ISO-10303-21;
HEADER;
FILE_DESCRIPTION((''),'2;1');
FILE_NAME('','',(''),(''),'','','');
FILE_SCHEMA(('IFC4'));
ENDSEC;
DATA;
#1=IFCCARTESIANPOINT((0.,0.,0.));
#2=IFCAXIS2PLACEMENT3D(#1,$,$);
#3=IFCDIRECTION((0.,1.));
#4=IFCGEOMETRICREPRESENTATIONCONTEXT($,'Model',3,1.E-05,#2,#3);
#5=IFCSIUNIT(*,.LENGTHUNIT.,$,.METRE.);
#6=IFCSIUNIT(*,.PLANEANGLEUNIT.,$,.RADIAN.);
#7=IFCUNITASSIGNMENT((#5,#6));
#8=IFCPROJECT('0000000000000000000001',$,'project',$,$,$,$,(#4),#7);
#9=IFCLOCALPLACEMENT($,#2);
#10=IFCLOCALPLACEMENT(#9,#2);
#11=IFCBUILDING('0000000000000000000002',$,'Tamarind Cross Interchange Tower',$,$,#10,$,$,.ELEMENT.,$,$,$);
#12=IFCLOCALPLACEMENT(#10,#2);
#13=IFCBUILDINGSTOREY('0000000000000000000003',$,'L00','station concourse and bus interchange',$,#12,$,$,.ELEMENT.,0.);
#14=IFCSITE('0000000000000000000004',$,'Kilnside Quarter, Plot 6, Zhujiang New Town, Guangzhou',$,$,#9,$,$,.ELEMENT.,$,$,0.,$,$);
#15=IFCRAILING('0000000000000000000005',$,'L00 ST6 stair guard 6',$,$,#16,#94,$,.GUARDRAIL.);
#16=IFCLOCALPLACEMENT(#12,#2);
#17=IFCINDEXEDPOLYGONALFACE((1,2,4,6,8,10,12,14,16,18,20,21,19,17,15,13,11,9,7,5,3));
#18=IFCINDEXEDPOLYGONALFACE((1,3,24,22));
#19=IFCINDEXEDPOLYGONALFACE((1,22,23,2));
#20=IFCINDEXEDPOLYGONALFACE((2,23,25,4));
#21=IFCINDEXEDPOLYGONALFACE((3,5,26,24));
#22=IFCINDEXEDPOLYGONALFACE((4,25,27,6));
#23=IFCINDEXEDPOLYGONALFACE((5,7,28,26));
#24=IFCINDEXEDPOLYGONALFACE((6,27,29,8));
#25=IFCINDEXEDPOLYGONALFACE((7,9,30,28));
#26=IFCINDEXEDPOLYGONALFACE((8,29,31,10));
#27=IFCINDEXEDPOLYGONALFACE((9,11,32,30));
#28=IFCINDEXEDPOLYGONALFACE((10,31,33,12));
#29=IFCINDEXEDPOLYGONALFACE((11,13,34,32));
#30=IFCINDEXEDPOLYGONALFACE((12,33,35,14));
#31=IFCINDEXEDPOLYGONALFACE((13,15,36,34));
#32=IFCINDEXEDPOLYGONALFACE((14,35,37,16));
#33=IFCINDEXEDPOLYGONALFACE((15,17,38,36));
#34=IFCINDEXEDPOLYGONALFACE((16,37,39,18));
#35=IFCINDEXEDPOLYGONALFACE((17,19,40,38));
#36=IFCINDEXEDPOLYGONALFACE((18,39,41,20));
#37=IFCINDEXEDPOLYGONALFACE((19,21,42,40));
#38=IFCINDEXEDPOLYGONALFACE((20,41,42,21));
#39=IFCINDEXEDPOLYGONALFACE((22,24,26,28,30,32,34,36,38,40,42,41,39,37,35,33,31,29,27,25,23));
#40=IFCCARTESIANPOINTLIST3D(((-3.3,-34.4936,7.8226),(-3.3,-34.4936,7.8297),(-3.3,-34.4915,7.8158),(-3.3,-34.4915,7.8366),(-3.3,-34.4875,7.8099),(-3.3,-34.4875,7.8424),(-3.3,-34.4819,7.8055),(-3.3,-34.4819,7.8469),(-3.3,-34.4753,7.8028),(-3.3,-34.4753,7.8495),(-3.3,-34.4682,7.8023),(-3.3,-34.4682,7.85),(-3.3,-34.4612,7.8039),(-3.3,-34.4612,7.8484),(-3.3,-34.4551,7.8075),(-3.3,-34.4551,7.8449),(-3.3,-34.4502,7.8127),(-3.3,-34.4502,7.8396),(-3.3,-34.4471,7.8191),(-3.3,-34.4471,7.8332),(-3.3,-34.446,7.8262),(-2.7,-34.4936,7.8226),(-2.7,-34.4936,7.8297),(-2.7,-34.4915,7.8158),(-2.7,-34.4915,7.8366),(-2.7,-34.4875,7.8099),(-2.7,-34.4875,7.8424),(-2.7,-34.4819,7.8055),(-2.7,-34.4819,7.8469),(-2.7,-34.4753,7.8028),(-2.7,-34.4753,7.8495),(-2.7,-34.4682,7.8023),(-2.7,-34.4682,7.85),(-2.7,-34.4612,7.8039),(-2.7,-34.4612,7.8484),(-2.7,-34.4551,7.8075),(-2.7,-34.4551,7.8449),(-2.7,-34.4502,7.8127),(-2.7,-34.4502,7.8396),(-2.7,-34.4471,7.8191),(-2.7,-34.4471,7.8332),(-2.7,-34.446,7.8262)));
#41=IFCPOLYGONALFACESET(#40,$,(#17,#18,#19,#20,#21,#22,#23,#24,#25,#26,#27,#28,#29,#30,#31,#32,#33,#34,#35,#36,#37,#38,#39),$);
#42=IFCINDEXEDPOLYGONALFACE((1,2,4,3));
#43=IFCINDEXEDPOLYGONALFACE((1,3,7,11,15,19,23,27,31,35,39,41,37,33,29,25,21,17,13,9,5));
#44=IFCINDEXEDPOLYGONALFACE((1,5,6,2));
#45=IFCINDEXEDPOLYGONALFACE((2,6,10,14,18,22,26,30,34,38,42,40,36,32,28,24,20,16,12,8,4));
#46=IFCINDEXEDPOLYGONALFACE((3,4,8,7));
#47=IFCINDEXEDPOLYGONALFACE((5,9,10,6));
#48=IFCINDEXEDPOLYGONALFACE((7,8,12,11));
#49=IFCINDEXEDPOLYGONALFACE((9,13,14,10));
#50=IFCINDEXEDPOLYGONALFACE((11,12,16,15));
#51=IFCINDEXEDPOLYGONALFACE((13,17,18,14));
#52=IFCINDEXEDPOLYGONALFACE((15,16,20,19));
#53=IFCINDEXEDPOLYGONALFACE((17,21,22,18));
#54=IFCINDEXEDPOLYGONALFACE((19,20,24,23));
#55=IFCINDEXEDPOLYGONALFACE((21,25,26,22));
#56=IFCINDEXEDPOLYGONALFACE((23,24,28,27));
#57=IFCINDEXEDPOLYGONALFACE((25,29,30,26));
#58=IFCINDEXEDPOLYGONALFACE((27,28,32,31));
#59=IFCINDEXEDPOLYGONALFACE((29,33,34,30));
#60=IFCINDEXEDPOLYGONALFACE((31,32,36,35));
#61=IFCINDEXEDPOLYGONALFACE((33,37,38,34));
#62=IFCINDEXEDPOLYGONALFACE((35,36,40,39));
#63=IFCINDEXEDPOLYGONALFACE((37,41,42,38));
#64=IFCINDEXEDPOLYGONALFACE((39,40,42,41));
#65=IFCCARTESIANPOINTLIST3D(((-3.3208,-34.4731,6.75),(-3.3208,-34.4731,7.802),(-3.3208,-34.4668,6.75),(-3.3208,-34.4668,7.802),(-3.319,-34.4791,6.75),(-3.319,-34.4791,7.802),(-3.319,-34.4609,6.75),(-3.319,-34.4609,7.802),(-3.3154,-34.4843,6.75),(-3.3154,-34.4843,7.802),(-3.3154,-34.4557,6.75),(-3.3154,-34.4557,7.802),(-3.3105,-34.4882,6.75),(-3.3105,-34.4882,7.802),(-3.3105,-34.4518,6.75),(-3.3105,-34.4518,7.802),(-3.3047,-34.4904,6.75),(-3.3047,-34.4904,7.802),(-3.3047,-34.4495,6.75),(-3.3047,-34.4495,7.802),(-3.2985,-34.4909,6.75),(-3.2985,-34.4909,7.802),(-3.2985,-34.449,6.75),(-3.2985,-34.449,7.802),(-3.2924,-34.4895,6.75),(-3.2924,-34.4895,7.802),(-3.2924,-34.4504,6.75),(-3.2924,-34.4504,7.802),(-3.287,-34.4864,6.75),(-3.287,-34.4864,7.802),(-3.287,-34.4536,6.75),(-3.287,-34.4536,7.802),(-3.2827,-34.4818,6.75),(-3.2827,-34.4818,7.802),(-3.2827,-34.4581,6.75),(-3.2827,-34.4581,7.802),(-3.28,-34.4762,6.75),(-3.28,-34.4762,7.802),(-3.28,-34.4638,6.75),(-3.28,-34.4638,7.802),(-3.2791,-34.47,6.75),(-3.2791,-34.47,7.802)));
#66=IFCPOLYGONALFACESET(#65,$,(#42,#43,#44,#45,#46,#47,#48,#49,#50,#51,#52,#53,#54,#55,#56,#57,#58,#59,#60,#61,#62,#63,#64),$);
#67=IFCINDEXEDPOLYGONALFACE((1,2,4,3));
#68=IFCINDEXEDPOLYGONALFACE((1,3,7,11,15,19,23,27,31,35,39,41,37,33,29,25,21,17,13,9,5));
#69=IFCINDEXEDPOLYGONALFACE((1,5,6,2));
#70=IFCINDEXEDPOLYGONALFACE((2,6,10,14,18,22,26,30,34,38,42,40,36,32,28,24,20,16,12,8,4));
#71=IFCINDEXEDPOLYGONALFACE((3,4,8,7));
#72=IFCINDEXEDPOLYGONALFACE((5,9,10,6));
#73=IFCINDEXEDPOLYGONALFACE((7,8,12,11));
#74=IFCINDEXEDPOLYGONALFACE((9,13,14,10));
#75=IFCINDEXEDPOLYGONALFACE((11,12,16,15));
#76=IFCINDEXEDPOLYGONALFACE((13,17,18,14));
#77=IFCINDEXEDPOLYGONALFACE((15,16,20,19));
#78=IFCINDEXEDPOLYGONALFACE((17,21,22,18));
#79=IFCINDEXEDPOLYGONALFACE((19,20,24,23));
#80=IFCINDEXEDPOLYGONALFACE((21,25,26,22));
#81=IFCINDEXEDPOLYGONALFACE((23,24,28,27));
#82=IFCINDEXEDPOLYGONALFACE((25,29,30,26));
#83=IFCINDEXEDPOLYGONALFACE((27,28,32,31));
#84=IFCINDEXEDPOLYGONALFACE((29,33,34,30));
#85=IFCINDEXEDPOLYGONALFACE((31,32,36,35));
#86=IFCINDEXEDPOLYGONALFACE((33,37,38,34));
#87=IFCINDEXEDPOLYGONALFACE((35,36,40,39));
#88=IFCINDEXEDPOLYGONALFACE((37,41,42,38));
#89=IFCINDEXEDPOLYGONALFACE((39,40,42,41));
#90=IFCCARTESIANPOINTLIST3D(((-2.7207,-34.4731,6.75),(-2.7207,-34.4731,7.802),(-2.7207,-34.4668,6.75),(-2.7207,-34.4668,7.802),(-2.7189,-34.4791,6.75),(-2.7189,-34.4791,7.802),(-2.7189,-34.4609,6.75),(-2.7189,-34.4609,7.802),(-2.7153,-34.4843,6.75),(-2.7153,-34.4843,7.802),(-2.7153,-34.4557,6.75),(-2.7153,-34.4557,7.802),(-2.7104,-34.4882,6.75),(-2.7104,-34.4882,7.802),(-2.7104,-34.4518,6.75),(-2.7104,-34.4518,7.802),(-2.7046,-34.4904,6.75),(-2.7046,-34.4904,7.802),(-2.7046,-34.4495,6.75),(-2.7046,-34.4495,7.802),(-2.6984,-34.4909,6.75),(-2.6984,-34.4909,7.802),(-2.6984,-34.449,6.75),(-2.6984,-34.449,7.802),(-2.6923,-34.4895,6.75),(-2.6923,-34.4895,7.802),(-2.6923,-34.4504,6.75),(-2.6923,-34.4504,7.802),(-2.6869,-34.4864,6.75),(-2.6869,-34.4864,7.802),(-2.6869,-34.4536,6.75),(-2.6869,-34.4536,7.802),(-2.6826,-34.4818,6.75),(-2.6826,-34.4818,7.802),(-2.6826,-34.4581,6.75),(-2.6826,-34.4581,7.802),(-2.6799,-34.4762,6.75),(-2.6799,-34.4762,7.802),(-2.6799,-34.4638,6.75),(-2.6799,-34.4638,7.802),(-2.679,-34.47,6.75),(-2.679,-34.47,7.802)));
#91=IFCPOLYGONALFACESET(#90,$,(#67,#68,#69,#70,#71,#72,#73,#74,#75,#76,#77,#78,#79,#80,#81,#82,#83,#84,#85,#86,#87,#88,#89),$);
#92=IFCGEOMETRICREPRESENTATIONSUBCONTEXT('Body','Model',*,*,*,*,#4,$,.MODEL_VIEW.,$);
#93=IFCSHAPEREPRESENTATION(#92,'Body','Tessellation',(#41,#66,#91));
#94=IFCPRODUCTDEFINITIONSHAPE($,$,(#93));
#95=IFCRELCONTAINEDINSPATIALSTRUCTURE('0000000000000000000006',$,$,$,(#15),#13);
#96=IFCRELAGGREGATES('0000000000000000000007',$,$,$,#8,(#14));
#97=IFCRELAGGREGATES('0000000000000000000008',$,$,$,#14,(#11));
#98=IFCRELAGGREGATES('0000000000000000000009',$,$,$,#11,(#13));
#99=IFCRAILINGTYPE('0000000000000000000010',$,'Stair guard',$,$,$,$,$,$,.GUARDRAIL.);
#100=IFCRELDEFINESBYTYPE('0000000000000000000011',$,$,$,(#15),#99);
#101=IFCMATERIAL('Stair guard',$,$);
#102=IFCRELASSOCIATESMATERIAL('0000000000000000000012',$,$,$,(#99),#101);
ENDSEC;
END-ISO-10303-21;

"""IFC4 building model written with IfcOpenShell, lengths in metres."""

from ifc_helpers import new_model, si_unit, direction, frame, origin, origin_2d, place, context, subcontext, project, spatial, circle, extrude, material, type_object, element, save


model = new_model("IFC4")

# Units and contexts
model_context = context("Model", 3, precision=1e-05, world=origin(), true_north=direction((0.0, 1.0)))
body_context = subcontext(model_context, "Body", "Model", "MODEL_VIEW")
ifc_project = project(units=[si_unit("LENGTHUNIT", "METRE"), si_unit("PLANEANGLEUNIT", "RADIAN")], contexts=[model_context])

# Site, building, storey
site_placement = place(None, origin())
site = spatial("IfcSite", under=ifc_project, at=site_placement, Name="Kilnside Quarter, Plot 6, Zhujiang New Town, Guangzhou", CompositionType="ELEMENT", RefElevation=0.0)
building_placement = place(site_placement, origin())
building = spatial("IfcBuilding", under=site, at=building_placement, Name="Tamarind Cross Interchange Tower", CompositionType="ELEMENT")
storey_placement = place(building_placement, origin())
storey = spatial("IfcBuildingStorey", under=building, at=storey_placement, Name="L00", Description="station concourse and bus interchange", CompositionType="ELEMENT", Elevation=0.0)

# Railing
ifc_material_1 = material(Name="Stair guard")
railing_type_1 = type_object("IfcRailingType", Name="Stair guard", PredefinedType="GUARDRAIL", material=ifc_material_1)
railing_1_placement = place(storey_placement, frame((-3.3, -34.47, 6.75)))
element("IfcRailing", 1, at=railing_1_placement, inside=storey, type_object=railing_type_1, Name="L00 ST6 stair guard 6", PredefinedType="GUARDRAIL", context=body_context, shape_type="SweptSolid", body=[
    extrude(circle(Radius=0.0239, at=origin_2d()), frame((0.0, 0.0, 1.0762), z_axis=(1.0, 0.0, 0.0), x_axis=(0.0, 1.0, 0.0)), (0.0, 0.0, 1.0), 0.6001),
    extrude(circle(Radius=0.021, at=origin_2d()), origin(), (0.0, 0.0, 1.0), 1.052),
    extrude(circle(Radius=0.021, at=origin_2d()), frame((0.6001, 0.0, 0.0)), (0.0, 0.0, 1.0), 1.052),
])

save(model, "model.ifc")
